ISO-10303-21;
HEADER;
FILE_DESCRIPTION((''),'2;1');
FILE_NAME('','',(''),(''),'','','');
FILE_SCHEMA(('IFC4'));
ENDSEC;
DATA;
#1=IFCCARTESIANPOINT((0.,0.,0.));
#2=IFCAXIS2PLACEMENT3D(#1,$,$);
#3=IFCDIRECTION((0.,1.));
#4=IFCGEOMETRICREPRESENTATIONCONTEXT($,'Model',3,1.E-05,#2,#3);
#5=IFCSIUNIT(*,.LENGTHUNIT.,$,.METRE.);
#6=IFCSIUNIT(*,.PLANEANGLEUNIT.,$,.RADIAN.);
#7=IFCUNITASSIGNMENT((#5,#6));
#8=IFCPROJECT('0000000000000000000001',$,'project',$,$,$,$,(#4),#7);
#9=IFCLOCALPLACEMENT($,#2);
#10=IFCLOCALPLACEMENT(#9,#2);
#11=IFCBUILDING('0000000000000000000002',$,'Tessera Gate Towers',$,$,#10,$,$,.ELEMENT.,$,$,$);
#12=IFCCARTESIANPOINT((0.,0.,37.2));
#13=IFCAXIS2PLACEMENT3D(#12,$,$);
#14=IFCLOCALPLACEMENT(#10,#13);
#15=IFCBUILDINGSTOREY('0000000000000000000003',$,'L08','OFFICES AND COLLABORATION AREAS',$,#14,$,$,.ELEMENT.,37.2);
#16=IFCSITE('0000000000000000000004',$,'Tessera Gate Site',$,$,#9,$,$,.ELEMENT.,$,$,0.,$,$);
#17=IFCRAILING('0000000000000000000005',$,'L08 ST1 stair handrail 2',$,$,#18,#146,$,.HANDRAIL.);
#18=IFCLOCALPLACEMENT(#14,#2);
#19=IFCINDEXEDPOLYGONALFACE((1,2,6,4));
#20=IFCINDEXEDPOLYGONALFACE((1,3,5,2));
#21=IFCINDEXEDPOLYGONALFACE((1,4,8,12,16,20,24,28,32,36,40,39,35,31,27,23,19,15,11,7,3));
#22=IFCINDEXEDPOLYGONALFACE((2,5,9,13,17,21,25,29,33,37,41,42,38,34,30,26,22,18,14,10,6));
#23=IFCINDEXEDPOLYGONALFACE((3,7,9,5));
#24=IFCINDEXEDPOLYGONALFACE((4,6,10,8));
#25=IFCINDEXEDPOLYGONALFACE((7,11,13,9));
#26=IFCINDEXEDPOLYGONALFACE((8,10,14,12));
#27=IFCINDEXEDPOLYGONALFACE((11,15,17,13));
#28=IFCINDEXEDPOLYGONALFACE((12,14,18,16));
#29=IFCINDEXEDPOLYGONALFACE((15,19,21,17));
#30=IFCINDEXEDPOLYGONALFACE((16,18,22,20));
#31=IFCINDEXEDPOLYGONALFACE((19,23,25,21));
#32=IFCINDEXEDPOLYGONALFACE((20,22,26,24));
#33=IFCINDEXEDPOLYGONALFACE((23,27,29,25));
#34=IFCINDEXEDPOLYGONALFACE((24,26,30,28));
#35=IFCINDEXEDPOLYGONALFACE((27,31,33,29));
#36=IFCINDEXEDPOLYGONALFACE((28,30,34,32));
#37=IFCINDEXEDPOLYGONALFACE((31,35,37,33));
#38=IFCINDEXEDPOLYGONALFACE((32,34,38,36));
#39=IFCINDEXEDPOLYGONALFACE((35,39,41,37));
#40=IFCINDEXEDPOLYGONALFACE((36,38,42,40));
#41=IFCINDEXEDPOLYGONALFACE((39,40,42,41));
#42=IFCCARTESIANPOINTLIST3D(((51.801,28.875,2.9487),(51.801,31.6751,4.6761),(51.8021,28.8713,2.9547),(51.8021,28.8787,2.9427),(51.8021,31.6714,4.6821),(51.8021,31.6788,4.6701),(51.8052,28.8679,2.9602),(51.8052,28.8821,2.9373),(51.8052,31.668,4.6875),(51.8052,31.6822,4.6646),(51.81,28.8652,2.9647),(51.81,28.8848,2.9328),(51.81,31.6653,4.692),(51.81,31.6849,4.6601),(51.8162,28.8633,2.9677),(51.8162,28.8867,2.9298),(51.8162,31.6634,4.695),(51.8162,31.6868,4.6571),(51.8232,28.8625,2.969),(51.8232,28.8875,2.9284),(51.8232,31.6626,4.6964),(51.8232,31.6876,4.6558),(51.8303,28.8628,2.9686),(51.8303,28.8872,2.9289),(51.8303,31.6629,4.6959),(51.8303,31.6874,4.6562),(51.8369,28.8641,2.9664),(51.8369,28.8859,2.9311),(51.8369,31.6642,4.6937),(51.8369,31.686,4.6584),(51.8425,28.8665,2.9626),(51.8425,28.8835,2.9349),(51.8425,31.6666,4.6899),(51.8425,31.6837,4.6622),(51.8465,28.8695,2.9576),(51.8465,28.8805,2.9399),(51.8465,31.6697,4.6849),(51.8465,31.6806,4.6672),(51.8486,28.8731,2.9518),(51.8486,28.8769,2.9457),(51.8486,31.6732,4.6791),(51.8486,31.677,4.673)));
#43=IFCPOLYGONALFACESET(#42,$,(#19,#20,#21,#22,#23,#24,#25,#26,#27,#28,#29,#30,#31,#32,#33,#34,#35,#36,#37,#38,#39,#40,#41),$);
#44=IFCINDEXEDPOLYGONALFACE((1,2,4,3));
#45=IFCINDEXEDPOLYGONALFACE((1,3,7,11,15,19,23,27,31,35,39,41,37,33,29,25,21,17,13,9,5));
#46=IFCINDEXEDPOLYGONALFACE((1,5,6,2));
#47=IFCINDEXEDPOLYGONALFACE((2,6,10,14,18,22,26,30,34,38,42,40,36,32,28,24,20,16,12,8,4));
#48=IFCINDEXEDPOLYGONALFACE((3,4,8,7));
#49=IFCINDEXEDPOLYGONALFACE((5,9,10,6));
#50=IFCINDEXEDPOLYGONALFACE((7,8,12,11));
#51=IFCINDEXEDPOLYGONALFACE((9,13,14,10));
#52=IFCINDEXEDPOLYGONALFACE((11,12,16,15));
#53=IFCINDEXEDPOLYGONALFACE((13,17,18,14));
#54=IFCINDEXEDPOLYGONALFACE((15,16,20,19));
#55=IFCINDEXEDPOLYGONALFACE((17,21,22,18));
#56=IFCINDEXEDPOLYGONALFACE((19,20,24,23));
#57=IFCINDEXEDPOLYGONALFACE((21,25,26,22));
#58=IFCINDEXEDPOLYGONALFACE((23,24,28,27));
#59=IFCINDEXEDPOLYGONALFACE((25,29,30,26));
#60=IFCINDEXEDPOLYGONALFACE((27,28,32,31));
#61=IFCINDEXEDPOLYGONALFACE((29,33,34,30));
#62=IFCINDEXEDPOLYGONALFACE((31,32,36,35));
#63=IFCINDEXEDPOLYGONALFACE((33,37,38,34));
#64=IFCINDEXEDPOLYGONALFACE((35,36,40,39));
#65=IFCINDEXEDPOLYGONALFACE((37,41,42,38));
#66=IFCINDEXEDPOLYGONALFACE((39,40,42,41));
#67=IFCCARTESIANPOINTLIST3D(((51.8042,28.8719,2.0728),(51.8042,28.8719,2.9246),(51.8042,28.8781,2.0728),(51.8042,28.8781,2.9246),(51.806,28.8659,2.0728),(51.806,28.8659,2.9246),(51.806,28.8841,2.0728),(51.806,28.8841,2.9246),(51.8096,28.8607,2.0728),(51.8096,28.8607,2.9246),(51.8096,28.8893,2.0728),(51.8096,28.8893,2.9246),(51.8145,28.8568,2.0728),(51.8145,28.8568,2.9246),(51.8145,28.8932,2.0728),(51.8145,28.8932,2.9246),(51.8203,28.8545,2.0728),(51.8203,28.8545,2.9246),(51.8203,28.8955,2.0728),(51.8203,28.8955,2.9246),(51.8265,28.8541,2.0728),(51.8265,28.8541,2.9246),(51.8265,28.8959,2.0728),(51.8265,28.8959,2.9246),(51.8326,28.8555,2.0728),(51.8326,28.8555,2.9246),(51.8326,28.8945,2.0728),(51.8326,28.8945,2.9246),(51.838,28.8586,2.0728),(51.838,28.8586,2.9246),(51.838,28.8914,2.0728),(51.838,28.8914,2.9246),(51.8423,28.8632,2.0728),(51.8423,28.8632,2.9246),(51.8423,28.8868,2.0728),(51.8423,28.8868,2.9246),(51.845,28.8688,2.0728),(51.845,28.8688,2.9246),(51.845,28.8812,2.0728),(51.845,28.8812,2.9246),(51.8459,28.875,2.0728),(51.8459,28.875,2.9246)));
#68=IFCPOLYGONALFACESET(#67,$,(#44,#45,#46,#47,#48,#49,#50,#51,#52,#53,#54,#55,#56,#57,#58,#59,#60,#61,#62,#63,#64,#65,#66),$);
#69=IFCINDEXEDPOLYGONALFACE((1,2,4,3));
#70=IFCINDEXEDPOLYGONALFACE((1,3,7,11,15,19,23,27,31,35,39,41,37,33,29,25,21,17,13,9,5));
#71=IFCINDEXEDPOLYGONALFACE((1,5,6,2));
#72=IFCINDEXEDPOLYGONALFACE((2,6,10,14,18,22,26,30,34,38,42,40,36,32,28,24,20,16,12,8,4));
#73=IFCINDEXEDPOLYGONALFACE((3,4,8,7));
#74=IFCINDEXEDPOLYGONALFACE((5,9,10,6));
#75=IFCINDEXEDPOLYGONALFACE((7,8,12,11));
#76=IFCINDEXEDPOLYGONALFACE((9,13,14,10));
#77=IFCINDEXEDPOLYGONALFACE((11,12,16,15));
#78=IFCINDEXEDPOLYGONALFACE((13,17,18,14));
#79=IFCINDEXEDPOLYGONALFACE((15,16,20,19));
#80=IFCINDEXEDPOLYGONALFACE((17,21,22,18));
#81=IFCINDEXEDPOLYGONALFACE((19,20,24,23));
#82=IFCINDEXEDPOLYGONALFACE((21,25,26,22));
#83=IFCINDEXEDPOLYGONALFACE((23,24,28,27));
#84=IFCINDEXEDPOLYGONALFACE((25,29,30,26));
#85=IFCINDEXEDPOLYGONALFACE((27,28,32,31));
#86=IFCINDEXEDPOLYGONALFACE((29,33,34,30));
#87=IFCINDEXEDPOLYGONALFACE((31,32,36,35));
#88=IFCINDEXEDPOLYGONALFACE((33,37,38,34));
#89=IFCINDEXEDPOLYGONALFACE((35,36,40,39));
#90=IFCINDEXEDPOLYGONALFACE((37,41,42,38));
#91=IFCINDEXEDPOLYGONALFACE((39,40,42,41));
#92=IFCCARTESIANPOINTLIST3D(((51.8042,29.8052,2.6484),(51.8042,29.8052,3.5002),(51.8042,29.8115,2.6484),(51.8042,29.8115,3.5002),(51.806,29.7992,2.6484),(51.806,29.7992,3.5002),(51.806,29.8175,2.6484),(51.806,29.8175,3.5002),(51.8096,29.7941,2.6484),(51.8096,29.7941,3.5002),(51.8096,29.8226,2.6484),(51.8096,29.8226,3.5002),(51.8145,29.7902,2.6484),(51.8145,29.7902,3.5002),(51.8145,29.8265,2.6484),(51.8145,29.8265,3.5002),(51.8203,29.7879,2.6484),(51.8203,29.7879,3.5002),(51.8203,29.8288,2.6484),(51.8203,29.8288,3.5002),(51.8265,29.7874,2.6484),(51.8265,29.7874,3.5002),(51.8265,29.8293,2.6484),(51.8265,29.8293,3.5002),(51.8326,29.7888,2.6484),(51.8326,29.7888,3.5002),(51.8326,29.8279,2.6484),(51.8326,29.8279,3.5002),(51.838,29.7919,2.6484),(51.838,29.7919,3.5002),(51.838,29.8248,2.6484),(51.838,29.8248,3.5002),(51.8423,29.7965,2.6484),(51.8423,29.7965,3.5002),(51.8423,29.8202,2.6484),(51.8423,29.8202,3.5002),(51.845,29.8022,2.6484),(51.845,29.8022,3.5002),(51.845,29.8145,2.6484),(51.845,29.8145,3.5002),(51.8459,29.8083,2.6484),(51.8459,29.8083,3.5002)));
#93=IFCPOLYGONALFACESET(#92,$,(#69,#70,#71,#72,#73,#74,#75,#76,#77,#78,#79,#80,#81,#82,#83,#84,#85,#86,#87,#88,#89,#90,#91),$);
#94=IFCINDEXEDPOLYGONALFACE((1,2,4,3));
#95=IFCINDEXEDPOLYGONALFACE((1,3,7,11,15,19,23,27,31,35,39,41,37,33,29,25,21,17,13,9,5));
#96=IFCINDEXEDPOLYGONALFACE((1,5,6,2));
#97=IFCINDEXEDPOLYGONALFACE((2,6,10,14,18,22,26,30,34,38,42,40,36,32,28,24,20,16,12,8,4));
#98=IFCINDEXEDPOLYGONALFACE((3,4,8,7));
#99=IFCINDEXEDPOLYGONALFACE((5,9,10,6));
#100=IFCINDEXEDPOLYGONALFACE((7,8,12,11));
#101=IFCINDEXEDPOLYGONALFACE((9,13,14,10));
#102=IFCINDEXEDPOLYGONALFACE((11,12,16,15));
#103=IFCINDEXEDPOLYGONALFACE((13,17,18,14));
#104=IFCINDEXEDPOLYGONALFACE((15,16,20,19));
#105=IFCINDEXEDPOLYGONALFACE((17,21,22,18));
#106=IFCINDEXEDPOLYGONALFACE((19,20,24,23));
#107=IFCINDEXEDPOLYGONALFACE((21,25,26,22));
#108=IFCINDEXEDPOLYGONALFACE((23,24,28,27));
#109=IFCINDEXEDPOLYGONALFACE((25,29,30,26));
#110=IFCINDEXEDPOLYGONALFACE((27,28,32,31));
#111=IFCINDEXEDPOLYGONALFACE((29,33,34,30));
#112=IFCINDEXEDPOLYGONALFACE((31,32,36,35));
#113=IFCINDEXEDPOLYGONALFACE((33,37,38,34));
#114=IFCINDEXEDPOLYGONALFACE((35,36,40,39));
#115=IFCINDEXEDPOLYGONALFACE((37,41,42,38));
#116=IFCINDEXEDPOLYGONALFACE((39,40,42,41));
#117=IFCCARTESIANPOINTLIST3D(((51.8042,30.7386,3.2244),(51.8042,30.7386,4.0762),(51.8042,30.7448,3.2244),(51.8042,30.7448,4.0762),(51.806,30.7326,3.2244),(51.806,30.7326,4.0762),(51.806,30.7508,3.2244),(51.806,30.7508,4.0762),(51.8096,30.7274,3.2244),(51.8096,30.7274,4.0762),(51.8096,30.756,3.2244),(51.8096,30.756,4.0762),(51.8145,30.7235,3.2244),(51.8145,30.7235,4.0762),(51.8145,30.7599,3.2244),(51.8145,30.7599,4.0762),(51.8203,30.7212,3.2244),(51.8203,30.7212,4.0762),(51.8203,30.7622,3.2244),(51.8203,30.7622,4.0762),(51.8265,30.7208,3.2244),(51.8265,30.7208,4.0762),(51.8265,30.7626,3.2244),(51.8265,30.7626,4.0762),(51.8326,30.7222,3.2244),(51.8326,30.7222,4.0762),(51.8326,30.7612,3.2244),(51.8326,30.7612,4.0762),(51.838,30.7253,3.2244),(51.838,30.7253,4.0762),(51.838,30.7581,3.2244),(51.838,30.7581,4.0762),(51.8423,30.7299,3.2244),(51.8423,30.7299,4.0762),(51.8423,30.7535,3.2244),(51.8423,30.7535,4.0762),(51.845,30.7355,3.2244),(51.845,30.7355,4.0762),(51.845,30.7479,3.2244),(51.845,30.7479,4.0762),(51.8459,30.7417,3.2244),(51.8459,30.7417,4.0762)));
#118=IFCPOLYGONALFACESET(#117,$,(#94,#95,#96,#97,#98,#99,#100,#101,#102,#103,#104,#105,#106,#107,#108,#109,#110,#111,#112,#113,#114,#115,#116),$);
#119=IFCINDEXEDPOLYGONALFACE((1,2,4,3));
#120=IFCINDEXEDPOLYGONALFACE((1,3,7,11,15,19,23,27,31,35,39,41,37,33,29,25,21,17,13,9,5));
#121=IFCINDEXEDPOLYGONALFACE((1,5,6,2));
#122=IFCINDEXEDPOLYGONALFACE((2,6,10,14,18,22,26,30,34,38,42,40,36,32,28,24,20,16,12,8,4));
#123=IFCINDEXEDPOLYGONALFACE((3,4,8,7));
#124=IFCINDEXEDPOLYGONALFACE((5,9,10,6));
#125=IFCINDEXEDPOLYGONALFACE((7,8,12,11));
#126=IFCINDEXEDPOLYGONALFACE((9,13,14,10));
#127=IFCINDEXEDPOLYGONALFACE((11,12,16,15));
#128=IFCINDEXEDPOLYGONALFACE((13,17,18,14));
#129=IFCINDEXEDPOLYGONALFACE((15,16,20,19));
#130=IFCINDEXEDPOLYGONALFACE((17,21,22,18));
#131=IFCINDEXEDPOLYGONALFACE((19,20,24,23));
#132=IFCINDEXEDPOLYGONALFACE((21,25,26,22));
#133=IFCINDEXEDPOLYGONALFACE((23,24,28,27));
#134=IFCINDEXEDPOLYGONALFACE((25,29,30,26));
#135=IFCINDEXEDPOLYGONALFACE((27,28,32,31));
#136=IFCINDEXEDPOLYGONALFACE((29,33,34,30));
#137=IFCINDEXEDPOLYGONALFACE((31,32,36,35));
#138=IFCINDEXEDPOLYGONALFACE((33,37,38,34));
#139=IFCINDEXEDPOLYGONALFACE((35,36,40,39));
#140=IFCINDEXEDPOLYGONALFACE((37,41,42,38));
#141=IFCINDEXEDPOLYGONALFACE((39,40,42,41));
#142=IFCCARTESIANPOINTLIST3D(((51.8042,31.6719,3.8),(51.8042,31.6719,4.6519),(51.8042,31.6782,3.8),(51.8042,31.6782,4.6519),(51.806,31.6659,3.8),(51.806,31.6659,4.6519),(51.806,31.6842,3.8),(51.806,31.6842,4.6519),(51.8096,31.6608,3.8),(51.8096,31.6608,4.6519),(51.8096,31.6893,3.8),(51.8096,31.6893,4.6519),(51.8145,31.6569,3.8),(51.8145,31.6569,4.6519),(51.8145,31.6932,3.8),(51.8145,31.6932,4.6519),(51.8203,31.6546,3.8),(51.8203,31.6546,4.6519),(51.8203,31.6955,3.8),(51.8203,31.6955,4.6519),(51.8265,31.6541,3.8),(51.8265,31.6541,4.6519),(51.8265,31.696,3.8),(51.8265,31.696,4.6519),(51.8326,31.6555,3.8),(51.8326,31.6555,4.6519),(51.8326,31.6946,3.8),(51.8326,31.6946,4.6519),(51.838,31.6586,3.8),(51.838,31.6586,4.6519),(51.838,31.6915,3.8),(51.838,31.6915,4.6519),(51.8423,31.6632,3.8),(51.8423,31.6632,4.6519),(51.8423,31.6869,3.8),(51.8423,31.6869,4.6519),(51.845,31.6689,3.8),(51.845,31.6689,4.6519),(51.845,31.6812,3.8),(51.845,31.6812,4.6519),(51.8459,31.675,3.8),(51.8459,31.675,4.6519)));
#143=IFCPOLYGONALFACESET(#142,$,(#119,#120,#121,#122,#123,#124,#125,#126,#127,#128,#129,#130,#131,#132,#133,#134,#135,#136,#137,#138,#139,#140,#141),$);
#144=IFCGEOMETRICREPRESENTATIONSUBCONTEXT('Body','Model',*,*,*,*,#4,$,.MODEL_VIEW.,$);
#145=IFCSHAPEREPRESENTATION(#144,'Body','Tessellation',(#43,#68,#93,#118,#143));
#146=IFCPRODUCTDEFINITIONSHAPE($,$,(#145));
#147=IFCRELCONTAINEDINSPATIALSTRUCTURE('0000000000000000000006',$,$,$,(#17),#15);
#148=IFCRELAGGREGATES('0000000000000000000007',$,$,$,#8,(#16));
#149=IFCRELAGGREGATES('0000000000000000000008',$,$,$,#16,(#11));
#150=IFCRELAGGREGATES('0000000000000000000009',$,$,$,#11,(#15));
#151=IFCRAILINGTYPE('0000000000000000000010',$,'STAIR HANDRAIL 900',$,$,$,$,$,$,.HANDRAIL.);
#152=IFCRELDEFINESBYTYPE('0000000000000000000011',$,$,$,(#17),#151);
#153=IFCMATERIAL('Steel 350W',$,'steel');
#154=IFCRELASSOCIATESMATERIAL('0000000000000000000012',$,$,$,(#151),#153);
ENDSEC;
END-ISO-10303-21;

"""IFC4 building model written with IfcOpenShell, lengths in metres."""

from ifc_helpers import new_model, si_unit, direction, frame, origin, origin_2d, place, context, subcontext, project, spatial, circle, extrude, material, type_object, element, save


model = new_model("IFC4")

# Units and contexts
model_context = context("Model", 3, precision=1e-05, world=origin(), true_north=direction((0.0, 1.0)))
body_context = subcontext(model_context, "Body", "Model", "MODEL_VIEW")
ifc_project = project(units=[si_unit("LENGTHUNIT", "METRE"), si_unit("PLANEANGLEUNIT", "RADIAN")], contexts=[model_context])

# Site, building, storey
site_placement = place(None, origin())
site = spatial("IfcSite", under=ifc_project, at=site_placement, Name="Tessera Gate Site", CompositionType="ELEMENT", RefElevation=0.0)
building_placement = place(site_placement, origin())
building = spatial("IfcBuilding", under=site, at=building_placement, Name="Tessera Gate Towers", CompositionType="ELEMENT")
storey_placement = place(building_placement, frame((0.0, 0.0, 37.2)))
storey = spatial("IfcBuildingStorey", under=building, at=storey_placement, Name="L08", Description="OFFICES AND COLLABORATION AREAS", CompositionType="ELEMENT", Elevation=37.2)

# Railing
ifc_material_1 = material(Name="Steel 350W", Category="steel")
railing_type_1 = type_object("IfcRailingType", Name="STAIR HANDRAIL 900", PredefinedType="HANDRAIL", material=ifc_material_1)
railing_1_placement = place(storey_placement, frame((51.825, 28.875, 2.0728)))
element("IfcRailing", 1, at=railing_1_placement, inside=storey, type_object=railing_type_1, Name="L08 ST1 stair handrail 2", PredefinedType="HANDRAIL", context=body_context, shape_type="SweptSolid", body=[
    extrude(circle(Radius=0.0239, at=origin_2d()), frame((0.0, 0.0, 0.876), z_axis=(0.0, 0.85109, 0.52502), x_axis=(-1.0, 0.0, 0.0)), (0.0, 0.0, 1.0), 3.29),
    extrude(circle(Radius=0.021, at=origin_2d()), origin(), (0.0, 0.0, 1.0), 0.8518),
    extrude(circle(Radius=0.021, at=origin_2d()), frame((0.0, 0.9333, 0.5757)), (0.0, 0.0, 1.0), 0.8518),
    extrude(circle(Radius=0.021, at=origin_2d()), frame((0.0, 1.8667, 1.1516)), (0.0, 0.0, 1.0), 0.8518),
    extrude(circle(Radius=0.021, at=origin_2d()), frame((0.0, 2.8, 1.7273)), (0.0, 0.0, 1.0), 0.8518),
])

save(model, "model.ifc")
